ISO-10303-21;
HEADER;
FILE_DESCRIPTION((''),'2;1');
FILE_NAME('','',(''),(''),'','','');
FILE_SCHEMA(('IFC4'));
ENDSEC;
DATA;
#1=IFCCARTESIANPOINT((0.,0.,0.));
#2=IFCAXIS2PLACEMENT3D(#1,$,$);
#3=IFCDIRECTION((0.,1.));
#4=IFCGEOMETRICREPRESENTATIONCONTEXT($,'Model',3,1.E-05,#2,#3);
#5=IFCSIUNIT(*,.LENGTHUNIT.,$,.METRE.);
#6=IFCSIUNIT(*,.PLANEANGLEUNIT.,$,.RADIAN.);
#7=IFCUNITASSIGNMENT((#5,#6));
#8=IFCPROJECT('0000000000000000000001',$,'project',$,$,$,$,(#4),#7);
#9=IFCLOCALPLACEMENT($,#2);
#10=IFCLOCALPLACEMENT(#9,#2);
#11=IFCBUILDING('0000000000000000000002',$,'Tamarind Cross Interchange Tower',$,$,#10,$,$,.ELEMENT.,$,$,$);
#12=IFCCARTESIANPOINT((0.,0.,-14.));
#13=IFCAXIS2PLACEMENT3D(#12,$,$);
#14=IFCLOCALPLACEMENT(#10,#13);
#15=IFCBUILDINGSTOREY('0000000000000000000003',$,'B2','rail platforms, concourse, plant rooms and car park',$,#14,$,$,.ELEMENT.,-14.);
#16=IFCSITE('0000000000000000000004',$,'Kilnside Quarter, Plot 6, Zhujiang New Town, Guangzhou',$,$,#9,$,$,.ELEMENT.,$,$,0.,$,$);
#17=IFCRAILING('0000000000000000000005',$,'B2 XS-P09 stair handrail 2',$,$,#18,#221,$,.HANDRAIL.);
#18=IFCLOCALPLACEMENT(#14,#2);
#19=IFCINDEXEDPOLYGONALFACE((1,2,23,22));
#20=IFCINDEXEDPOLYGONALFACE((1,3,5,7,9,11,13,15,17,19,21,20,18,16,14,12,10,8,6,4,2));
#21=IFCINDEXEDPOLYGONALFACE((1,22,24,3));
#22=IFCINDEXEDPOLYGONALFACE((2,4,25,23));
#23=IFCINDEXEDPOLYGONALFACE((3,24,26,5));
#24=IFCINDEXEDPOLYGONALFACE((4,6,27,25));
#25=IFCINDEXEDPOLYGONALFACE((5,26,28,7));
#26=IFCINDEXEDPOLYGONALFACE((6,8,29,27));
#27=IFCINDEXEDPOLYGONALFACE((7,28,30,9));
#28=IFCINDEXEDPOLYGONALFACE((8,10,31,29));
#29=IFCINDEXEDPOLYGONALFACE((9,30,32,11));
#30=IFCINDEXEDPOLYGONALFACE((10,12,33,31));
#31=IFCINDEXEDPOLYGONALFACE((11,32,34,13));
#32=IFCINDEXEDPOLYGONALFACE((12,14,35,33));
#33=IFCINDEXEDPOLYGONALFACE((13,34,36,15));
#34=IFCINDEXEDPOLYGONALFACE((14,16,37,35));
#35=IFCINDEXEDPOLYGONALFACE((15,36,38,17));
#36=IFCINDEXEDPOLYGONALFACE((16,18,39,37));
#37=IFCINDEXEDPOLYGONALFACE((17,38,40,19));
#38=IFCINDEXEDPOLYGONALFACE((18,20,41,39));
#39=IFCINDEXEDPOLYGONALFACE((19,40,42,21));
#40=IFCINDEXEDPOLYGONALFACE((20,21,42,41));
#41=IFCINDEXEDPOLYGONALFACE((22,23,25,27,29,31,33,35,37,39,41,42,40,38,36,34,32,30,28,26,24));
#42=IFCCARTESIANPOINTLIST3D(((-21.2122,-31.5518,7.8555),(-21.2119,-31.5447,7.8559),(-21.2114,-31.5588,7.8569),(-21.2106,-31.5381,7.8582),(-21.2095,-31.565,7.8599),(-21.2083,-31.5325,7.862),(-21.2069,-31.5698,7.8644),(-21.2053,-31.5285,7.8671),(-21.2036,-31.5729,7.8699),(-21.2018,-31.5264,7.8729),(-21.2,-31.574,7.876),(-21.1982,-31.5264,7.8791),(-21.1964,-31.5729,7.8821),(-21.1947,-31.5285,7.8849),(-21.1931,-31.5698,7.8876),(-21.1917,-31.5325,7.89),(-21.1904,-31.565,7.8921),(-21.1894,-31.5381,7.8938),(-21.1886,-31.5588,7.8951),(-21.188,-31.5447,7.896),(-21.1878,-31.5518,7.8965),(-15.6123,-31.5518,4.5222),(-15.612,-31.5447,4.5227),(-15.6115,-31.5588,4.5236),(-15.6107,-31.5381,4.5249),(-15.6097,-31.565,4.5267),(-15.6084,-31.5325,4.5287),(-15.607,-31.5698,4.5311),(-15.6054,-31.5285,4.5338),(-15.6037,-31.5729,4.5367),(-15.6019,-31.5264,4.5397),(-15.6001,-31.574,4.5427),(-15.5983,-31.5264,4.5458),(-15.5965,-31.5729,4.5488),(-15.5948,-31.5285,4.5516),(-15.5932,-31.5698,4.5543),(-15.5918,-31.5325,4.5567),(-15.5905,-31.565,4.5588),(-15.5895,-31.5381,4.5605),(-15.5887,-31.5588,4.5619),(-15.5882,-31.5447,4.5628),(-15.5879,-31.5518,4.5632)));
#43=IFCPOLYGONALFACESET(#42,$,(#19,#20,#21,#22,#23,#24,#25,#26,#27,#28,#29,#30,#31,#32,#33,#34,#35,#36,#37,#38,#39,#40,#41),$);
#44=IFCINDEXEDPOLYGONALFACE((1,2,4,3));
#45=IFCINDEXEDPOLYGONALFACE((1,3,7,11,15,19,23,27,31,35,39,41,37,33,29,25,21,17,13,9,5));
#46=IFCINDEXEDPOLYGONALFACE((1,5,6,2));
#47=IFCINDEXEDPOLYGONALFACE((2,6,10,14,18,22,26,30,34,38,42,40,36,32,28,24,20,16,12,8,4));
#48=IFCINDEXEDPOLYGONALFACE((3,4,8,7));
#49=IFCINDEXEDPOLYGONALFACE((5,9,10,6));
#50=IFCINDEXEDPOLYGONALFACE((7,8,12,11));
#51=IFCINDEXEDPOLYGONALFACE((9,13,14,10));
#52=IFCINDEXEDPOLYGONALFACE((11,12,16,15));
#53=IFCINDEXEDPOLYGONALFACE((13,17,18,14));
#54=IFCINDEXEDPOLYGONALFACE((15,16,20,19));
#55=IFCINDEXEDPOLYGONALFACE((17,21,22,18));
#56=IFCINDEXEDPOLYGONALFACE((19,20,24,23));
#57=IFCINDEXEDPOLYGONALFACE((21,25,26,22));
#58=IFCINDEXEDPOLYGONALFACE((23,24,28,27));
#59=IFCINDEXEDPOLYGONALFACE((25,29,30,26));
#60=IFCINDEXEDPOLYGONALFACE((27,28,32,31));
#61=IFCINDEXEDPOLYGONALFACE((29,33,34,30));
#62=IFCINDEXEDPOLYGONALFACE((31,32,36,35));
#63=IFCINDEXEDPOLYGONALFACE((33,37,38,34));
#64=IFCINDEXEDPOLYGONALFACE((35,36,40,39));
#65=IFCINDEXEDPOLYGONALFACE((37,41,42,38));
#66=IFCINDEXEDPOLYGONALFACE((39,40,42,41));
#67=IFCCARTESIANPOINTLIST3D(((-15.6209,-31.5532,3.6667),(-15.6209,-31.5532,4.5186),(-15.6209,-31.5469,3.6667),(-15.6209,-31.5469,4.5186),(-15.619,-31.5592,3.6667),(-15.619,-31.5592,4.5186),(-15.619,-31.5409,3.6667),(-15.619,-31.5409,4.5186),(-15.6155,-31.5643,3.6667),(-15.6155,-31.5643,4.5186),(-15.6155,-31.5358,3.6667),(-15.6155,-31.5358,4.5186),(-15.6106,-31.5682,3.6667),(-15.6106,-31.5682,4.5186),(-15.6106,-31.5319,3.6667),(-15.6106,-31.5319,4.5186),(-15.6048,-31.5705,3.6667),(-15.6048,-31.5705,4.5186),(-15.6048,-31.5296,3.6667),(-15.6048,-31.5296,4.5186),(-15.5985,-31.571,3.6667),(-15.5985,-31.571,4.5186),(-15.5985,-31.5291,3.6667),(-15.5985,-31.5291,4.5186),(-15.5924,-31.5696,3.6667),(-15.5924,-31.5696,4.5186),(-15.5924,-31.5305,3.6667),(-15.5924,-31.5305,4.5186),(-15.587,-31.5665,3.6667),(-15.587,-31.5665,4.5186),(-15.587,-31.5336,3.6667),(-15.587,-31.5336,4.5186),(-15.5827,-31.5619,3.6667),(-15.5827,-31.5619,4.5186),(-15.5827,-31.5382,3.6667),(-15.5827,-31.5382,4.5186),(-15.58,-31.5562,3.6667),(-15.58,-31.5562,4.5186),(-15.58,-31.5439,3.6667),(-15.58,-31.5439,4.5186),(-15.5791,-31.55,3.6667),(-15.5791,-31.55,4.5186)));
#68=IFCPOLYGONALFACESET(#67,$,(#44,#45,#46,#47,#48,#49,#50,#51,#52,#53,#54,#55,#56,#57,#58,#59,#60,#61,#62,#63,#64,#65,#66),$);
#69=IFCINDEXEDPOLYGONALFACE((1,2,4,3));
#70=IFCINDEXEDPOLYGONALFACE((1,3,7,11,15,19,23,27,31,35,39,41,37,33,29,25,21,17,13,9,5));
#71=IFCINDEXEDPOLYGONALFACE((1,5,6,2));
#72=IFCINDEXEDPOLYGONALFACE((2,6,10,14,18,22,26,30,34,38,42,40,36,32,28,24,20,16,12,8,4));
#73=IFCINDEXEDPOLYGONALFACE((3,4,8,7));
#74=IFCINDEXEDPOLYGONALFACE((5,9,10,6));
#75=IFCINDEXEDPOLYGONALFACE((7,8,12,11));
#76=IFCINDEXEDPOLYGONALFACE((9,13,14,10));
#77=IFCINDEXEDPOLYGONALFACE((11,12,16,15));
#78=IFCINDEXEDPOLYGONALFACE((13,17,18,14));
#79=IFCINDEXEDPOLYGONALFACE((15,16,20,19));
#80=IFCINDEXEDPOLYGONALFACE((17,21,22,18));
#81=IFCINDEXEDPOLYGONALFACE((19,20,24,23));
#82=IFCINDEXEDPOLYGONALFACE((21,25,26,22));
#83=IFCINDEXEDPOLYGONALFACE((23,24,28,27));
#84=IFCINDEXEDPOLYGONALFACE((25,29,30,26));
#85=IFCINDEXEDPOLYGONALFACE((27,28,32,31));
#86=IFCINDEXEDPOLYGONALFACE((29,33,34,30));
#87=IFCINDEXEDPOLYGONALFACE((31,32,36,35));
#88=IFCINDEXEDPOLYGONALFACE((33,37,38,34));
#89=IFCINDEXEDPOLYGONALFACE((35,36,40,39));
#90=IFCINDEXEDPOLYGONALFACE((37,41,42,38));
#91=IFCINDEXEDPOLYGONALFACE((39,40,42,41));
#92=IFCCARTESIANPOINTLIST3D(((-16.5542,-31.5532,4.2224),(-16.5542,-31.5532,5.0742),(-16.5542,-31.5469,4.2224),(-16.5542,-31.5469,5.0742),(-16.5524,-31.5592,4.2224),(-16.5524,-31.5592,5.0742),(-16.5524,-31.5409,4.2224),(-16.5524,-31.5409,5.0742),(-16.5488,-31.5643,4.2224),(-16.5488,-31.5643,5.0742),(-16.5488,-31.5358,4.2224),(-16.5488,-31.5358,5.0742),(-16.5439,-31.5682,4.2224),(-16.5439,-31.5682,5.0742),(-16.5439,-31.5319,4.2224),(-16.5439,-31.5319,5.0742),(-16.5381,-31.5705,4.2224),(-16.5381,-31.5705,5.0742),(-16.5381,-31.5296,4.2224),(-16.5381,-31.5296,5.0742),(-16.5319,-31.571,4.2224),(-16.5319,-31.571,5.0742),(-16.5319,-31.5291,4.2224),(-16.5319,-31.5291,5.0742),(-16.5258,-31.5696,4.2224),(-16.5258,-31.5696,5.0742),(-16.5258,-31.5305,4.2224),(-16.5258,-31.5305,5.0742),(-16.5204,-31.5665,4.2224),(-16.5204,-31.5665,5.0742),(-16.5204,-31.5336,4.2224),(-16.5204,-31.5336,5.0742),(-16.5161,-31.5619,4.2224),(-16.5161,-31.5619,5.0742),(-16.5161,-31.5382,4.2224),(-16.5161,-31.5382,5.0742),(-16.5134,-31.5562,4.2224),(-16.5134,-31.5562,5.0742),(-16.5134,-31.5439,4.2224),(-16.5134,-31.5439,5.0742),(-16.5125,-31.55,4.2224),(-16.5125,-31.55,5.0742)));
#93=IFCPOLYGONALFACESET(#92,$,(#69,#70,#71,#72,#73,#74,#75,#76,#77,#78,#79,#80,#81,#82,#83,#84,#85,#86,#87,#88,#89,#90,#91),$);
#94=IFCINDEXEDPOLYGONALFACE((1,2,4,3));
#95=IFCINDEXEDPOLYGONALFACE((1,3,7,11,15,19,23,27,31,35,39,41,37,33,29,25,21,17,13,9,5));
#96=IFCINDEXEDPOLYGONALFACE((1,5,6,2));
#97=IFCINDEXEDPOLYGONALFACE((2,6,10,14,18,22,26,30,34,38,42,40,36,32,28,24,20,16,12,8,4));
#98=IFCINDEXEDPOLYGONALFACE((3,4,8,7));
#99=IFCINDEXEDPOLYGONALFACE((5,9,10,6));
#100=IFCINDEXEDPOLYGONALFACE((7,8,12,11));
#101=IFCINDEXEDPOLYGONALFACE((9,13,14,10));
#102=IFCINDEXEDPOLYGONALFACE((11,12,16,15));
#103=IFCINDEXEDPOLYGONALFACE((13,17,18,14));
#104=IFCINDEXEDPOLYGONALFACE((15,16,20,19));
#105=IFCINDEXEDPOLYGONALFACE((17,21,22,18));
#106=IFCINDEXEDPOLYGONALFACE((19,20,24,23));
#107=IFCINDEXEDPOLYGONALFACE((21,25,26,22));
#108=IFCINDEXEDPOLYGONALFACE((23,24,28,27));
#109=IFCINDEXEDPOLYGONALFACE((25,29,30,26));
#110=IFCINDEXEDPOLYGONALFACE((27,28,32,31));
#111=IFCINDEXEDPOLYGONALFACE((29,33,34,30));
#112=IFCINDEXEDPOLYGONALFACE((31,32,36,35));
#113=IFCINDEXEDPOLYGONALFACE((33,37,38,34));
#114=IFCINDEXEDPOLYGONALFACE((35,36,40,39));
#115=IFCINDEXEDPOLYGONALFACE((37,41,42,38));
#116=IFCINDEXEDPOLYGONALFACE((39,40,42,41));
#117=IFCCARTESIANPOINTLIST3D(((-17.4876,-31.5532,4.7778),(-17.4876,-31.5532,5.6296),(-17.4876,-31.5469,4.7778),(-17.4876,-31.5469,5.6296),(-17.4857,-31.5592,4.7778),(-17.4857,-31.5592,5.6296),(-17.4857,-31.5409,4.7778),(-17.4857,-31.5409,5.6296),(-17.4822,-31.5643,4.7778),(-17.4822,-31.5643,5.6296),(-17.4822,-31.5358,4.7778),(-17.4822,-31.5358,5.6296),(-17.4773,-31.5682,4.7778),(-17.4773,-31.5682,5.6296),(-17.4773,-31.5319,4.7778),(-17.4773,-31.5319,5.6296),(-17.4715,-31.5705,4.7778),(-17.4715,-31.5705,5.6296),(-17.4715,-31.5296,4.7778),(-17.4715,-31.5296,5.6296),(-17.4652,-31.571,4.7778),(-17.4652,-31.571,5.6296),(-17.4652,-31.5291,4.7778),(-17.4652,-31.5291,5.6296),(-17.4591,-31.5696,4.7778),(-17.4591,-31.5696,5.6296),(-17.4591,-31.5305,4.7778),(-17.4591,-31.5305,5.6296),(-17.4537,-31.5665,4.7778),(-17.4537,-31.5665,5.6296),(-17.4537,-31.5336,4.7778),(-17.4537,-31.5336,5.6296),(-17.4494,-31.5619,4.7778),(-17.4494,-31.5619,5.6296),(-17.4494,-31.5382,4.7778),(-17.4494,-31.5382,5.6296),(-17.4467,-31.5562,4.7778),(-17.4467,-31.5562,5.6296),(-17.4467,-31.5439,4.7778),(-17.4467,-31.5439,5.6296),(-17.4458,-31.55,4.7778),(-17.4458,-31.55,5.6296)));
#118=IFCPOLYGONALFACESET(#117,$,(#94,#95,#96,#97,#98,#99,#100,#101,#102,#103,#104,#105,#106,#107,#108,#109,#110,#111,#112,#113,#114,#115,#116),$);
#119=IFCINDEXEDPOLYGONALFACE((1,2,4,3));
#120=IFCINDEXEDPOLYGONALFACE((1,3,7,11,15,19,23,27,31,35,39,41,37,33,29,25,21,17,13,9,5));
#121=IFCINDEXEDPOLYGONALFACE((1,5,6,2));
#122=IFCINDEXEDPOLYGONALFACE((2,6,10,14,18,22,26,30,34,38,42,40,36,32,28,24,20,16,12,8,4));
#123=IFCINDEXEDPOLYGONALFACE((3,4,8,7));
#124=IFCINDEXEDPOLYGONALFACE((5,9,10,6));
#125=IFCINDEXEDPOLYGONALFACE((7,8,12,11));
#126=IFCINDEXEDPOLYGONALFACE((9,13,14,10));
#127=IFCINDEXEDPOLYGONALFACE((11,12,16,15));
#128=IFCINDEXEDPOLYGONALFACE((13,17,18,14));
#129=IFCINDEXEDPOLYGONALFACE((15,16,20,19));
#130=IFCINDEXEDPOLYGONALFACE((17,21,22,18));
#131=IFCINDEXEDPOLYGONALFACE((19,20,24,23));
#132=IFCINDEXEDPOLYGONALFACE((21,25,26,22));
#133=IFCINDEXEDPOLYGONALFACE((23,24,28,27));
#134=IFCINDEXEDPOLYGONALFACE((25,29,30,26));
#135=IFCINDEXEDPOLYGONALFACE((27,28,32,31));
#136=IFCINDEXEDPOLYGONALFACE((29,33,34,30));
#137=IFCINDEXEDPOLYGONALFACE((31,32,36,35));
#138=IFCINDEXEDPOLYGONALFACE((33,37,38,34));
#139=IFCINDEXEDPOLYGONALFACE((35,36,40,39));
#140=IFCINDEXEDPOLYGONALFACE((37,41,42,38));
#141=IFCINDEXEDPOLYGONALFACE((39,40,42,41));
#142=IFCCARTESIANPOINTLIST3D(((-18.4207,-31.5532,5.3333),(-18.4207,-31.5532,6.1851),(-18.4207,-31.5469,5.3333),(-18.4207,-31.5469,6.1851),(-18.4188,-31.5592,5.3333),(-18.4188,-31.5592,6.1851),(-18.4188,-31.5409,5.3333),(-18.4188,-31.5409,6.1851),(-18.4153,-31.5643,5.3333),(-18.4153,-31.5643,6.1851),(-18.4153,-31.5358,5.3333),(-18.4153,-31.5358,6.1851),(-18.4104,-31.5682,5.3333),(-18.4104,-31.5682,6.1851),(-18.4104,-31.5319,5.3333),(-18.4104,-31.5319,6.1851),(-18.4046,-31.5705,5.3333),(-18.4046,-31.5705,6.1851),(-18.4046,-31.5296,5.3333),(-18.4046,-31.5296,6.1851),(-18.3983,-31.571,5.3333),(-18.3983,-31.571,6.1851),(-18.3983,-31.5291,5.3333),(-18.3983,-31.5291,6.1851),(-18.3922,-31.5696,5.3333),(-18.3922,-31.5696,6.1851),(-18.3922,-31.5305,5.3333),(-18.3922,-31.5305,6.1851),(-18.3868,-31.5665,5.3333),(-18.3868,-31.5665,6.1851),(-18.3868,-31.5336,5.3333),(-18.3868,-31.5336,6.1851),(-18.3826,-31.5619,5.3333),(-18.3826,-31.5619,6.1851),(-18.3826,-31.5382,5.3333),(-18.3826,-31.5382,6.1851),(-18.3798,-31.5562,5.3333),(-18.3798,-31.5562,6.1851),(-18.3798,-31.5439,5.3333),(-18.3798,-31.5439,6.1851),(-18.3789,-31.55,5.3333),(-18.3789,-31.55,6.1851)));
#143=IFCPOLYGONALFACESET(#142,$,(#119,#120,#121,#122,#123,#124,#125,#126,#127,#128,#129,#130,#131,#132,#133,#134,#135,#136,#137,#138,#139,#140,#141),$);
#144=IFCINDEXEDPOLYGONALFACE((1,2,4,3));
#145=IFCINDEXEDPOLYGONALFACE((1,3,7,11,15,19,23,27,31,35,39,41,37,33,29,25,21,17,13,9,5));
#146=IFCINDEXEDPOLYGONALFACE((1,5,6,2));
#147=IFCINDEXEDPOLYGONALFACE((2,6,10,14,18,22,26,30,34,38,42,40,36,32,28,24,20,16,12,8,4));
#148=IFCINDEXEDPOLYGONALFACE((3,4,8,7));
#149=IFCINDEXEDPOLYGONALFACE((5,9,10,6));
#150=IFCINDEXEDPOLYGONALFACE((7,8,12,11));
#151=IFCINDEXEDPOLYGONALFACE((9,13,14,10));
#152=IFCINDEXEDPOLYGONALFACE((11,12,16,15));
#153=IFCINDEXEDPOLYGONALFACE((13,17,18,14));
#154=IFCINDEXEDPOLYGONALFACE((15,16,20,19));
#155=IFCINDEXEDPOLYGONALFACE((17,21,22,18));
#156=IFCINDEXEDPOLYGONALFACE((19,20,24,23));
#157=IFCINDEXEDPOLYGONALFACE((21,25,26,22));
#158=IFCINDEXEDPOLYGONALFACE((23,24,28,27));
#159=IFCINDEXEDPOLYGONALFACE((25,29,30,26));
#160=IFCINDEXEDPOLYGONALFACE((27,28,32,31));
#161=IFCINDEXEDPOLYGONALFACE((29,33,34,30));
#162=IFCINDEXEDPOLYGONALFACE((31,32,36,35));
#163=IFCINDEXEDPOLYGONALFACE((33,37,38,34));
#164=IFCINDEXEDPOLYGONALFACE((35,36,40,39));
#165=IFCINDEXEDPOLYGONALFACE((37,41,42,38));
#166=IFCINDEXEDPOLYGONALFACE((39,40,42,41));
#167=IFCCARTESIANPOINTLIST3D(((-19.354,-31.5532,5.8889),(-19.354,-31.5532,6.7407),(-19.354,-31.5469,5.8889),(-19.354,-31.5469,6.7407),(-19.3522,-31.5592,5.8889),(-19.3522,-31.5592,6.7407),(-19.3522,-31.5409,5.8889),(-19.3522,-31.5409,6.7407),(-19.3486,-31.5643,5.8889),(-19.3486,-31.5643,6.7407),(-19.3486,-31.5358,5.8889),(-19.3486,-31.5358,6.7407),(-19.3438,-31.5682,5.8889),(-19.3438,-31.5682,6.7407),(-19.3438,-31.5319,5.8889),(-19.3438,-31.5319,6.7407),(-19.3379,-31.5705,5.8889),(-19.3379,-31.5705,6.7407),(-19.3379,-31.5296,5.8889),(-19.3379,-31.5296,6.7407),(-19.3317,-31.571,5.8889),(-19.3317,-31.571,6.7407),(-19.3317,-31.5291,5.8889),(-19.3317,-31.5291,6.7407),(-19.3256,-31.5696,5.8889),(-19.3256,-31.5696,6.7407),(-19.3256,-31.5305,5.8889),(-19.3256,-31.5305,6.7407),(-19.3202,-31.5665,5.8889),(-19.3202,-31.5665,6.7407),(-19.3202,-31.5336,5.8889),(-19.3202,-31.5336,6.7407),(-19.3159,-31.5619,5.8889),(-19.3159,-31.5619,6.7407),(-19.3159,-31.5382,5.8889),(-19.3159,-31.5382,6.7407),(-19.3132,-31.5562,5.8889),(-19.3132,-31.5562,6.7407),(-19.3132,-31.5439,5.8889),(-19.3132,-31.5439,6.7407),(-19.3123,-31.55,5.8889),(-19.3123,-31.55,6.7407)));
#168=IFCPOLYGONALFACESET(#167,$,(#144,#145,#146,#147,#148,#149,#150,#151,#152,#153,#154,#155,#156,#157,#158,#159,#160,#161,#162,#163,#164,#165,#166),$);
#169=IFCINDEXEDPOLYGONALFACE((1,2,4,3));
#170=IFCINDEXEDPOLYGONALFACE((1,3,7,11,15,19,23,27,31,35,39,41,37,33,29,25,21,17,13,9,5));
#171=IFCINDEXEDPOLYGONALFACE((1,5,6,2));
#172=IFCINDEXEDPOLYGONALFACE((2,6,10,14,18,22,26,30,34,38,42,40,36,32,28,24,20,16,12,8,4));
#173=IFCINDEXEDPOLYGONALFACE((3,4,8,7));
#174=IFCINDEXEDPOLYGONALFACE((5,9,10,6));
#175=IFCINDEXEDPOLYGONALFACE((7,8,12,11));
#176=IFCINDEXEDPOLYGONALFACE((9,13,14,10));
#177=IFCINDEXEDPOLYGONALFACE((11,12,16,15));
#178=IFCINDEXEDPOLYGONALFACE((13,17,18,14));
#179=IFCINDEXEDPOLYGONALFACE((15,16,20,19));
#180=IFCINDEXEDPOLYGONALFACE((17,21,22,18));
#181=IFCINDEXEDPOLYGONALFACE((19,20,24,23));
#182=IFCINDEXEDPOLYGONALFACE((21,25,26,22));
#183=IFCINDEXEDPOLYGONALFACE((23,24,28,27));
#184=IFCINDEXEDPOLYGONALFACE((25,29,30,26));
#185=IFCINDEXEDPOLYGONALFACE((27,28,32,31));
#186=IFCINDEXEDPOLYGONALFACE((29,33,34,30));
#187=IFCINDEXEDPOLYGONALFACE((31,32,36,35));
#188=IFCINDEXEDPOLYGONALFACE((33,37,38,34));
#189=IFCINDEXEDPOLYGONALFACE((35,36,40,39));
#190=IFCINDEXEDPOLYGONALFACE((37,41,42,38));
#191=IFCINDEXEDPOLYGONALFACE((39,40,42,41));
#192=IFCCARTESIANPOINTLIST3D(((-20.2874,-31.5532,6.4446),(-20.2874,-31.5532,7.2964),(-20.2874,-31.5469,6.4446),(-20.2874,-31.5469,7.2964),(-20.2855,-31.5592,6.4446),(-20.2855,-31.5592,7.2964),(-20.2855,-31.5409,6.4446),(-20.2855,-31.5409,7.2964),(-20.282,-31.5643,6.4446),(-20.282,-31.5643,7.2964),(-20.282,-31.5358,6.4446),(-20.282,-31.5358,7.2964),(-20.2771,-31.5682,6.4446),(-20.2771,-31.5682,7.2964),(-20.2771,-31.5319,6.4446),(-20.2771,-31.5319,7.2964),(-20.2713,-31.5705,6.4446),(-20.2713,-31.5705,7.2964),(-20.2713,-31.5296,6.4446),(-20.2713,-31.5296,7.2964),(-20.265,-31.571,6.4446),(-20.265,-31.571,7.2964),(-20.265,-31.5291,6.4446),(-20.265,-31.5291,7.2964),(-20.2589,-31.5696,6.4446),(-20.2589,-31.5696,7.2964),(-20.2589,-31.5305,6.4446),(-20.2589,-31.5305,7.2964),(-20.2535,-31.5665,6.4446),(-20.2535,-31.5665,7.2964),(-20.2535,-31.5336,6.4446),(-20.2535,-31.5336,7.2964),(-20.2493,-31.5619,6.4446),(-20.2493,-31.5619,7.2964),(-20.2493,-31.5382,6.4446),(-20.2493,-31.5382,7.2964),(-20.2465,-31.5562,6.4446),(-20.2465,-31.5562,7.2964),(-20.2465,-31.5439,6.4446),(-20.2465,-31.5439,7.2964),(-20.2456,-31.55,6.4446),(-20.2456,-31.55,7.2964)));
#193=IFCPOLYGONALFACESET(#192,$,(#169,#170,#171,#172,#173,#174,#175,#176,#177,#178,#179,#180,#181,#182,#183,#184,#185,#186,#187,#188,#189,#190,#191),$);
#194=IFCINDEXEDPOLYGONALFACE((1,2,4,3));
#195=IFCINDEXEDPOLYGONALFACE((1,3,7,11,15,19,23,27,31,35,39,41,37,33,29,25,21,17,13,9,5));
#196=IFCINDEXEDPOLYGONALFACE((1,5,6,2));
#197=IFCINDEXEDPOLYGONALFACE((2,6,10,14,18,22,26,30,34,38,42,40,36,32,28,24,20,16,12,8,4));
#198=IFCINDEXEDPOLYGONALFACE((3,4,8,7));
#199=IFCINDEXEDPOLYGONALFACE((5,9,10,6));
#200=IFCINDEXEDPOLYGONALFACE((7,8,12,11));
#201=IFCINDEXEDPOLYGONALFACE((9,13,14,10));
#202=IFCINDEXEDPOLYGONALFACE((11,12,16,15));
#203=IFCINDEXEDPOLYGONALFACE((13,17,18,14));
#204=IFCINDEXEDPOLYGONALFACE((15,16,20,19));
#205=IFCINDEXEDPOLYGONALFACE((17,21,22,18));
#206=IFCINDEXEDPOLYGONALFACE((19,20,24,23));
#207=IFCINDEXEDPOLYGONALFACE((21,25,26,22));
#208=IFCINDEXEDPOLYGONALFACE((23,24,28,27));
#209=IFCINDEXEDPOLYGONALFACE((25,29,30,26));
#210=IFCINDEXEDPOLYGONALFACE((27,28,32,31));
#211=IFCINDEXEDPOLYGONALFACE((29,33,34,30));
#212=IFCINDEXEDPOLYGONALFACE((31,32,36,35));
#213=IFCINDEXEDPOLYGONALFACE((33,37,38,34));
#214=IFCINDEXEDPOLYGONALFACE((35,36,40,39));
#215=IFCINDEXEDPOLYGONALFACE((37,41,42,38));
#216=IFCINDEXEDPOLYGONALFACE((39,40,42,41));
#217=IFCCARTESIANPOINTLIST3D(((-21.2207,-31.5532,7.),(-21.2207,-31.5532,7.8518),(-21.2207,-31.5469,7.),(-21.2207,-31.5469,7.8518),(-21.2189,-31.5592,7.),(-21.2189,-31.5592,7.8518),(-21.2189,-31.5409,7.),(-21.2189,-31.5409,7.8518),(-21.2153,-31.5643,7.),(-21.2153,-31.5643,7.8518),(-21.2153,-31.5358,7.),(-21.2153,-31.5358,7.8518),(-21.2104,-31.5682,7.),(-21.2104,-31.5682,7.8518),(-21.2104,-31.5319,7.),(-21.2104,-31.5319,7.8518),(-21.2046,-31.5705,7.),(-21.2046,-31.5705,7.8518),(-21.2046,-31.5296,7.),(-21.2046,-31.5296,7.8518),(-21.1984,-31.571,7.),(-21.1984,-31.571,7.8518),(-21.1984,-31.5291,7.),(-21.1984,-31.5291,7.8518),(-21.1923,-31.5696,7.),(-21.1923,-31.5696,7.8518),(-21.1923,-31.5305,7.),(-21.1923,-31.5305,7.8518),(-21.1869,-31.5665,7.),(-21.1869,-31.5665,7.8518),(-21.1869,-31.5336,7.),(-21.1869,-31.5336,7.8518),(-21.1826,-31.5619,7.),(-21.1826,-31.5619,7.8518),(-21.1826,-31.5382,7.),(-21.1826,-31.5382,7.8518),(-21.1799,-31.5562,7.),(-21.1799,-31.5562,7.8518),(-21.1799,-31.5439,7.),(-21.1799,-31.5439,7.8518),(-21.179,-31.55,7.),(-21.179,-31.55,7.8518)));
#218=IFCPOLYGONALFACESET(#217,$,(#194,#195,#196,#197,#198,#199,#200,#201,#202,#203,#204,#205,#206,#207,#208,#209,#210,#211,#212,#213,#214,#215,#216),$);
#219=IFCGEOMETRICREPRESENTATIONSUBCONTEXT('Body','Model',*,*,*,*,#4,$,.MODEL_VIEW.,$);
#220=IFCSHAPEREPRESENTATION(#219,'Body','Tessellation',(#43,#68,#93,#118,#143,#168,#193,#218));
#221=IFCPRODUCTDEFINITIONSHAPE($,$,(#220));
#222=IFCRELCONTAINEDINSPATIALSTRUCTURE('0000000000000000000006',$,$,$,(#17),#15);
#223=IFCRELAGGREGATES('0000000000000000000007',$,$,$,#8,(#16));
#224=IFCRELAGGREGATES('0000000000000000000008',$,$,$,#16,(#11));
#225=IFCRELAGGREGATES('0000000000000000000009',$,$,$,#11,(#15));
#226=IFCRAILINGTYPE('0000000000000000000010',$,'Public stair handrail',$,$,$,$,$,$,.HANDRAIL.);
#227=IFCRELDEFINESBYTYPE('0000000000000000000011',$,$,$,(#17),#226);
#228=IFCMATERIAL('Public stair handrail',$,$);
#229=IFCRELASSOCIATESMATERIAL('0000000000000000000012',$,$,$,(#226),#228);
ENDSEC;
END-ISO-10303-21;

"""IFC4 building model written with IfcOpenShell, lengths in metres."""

from ifc_helpers import new_model, si_unit, direction, frame, origin, origin_2d, place, context, subcontext, project, spatial, circle, extrude, material, type_object, element, save


model = new_model("IFC4")

# Units and contexts
model_context = context("Model", 3, precision=1e-05, world=origin(), true_north=direction((0.0, 1.0)))
body_context = subcontext(model_context, "Body", "Model", "MODEL_VIEW")
ifc_project = project(units=[si_unit("LENGTHUNIT", "METRE"), si_unit("PLANEANGLEUNIT", "RADIAN")], contexts=[model_context])

# Site, building, storey
site_placement = place(None, origin())
site = spatial("IfcSite", under=ifc_project, at=site_placement, Name="Kilnside Quarter, Plot 6, Zhujiang New Town, Guangzhou", CompositionType="ELEMENT", RefElevation=0.0)
building_placement = place(site_placement, origin())
building = spatial("IfcBuilding", under=site, at=building_placement, Name="Tamarind Cross Interchange Tower", CompositionType="ELEMENT")
storey_placement = place(building_placement, frame((0.0, 0.0, -14.0)))
storey = spatial("IfcBuildingStorey", under=building, at=storey_placement, Name="B2", Description="rail platforms, concourse, plant rooms and car park", CompositionType="ELEMENT", Elevation=-14.0)

# Railing
ifc_material_1 = material(Name="Public stair handrail")
railing_type_1 = type_object("IfcRailingType", Name="Public stair handrail", PredefinedType="HANDRAIL", material=ifc_material_1)
railing_1_placement = place(storey_placement, frame((-15.6001, -31.55, 3.6667)))
element("IfcRailing", 1, at=railing_1_placement, inside=storey, type_object=railing_type_1, Name="B2 XS-P09 stair handrail 2", PredefinedType="HANDRAIL", context=body_context, shape_type="SweptSolid", body=[
    extrude(circle(Radius=0.0239, at=origin_2d()), frame((0.0, 0.0, 0.876), z_axis=(-0.859292, 0.0, 0.511485), x_axis=(0.0, -1.0, 0.0)), (0.0, 0.0, 1.0), 6.5168),
    extrude(circle(Radius=0.021, at=origin_2d()), origin(), (0.0, 0.0, 1.0), 0.8518),
    extrude(circle(Radius=0.021, at=origin_2d()), frame((-0.9333, 0.0, 0.5557)), (0.0, 0.0, 1.0), 0.8518),
    extrude(circle(Radius=0.021, at=origin_2d()), frame((-1.8667, 0.0, 1.1111)), (0.0, 0.0, 1.0), 0.8518),
    extrude(circle(Radius=0.021, at=origin_2d()), frame((-2.7998, 0.0, 1.6665)), (0.0, 0.0, 1.0), 0.8518),
    extrude(circle(Radius=0.021, at=origin_2d()), frame((-3.7332, 0.0, 2.2222)), (0.0, 0.0, 1.0), 0.8518),
    extrude(circle(Radius=0.021, at=origin_2d()), frame((-4.6665, 0.0, 2.7778)), (0.0, 0.0, 1.0), 0.8518),
    extrude(circle(Radius=0.021, at=origin_2d()), frame((-5.5999, 0.0, 3.3333)), (0.0, 0.0, 1.0), 0.8518),
])

save(model, "model.ifc")
